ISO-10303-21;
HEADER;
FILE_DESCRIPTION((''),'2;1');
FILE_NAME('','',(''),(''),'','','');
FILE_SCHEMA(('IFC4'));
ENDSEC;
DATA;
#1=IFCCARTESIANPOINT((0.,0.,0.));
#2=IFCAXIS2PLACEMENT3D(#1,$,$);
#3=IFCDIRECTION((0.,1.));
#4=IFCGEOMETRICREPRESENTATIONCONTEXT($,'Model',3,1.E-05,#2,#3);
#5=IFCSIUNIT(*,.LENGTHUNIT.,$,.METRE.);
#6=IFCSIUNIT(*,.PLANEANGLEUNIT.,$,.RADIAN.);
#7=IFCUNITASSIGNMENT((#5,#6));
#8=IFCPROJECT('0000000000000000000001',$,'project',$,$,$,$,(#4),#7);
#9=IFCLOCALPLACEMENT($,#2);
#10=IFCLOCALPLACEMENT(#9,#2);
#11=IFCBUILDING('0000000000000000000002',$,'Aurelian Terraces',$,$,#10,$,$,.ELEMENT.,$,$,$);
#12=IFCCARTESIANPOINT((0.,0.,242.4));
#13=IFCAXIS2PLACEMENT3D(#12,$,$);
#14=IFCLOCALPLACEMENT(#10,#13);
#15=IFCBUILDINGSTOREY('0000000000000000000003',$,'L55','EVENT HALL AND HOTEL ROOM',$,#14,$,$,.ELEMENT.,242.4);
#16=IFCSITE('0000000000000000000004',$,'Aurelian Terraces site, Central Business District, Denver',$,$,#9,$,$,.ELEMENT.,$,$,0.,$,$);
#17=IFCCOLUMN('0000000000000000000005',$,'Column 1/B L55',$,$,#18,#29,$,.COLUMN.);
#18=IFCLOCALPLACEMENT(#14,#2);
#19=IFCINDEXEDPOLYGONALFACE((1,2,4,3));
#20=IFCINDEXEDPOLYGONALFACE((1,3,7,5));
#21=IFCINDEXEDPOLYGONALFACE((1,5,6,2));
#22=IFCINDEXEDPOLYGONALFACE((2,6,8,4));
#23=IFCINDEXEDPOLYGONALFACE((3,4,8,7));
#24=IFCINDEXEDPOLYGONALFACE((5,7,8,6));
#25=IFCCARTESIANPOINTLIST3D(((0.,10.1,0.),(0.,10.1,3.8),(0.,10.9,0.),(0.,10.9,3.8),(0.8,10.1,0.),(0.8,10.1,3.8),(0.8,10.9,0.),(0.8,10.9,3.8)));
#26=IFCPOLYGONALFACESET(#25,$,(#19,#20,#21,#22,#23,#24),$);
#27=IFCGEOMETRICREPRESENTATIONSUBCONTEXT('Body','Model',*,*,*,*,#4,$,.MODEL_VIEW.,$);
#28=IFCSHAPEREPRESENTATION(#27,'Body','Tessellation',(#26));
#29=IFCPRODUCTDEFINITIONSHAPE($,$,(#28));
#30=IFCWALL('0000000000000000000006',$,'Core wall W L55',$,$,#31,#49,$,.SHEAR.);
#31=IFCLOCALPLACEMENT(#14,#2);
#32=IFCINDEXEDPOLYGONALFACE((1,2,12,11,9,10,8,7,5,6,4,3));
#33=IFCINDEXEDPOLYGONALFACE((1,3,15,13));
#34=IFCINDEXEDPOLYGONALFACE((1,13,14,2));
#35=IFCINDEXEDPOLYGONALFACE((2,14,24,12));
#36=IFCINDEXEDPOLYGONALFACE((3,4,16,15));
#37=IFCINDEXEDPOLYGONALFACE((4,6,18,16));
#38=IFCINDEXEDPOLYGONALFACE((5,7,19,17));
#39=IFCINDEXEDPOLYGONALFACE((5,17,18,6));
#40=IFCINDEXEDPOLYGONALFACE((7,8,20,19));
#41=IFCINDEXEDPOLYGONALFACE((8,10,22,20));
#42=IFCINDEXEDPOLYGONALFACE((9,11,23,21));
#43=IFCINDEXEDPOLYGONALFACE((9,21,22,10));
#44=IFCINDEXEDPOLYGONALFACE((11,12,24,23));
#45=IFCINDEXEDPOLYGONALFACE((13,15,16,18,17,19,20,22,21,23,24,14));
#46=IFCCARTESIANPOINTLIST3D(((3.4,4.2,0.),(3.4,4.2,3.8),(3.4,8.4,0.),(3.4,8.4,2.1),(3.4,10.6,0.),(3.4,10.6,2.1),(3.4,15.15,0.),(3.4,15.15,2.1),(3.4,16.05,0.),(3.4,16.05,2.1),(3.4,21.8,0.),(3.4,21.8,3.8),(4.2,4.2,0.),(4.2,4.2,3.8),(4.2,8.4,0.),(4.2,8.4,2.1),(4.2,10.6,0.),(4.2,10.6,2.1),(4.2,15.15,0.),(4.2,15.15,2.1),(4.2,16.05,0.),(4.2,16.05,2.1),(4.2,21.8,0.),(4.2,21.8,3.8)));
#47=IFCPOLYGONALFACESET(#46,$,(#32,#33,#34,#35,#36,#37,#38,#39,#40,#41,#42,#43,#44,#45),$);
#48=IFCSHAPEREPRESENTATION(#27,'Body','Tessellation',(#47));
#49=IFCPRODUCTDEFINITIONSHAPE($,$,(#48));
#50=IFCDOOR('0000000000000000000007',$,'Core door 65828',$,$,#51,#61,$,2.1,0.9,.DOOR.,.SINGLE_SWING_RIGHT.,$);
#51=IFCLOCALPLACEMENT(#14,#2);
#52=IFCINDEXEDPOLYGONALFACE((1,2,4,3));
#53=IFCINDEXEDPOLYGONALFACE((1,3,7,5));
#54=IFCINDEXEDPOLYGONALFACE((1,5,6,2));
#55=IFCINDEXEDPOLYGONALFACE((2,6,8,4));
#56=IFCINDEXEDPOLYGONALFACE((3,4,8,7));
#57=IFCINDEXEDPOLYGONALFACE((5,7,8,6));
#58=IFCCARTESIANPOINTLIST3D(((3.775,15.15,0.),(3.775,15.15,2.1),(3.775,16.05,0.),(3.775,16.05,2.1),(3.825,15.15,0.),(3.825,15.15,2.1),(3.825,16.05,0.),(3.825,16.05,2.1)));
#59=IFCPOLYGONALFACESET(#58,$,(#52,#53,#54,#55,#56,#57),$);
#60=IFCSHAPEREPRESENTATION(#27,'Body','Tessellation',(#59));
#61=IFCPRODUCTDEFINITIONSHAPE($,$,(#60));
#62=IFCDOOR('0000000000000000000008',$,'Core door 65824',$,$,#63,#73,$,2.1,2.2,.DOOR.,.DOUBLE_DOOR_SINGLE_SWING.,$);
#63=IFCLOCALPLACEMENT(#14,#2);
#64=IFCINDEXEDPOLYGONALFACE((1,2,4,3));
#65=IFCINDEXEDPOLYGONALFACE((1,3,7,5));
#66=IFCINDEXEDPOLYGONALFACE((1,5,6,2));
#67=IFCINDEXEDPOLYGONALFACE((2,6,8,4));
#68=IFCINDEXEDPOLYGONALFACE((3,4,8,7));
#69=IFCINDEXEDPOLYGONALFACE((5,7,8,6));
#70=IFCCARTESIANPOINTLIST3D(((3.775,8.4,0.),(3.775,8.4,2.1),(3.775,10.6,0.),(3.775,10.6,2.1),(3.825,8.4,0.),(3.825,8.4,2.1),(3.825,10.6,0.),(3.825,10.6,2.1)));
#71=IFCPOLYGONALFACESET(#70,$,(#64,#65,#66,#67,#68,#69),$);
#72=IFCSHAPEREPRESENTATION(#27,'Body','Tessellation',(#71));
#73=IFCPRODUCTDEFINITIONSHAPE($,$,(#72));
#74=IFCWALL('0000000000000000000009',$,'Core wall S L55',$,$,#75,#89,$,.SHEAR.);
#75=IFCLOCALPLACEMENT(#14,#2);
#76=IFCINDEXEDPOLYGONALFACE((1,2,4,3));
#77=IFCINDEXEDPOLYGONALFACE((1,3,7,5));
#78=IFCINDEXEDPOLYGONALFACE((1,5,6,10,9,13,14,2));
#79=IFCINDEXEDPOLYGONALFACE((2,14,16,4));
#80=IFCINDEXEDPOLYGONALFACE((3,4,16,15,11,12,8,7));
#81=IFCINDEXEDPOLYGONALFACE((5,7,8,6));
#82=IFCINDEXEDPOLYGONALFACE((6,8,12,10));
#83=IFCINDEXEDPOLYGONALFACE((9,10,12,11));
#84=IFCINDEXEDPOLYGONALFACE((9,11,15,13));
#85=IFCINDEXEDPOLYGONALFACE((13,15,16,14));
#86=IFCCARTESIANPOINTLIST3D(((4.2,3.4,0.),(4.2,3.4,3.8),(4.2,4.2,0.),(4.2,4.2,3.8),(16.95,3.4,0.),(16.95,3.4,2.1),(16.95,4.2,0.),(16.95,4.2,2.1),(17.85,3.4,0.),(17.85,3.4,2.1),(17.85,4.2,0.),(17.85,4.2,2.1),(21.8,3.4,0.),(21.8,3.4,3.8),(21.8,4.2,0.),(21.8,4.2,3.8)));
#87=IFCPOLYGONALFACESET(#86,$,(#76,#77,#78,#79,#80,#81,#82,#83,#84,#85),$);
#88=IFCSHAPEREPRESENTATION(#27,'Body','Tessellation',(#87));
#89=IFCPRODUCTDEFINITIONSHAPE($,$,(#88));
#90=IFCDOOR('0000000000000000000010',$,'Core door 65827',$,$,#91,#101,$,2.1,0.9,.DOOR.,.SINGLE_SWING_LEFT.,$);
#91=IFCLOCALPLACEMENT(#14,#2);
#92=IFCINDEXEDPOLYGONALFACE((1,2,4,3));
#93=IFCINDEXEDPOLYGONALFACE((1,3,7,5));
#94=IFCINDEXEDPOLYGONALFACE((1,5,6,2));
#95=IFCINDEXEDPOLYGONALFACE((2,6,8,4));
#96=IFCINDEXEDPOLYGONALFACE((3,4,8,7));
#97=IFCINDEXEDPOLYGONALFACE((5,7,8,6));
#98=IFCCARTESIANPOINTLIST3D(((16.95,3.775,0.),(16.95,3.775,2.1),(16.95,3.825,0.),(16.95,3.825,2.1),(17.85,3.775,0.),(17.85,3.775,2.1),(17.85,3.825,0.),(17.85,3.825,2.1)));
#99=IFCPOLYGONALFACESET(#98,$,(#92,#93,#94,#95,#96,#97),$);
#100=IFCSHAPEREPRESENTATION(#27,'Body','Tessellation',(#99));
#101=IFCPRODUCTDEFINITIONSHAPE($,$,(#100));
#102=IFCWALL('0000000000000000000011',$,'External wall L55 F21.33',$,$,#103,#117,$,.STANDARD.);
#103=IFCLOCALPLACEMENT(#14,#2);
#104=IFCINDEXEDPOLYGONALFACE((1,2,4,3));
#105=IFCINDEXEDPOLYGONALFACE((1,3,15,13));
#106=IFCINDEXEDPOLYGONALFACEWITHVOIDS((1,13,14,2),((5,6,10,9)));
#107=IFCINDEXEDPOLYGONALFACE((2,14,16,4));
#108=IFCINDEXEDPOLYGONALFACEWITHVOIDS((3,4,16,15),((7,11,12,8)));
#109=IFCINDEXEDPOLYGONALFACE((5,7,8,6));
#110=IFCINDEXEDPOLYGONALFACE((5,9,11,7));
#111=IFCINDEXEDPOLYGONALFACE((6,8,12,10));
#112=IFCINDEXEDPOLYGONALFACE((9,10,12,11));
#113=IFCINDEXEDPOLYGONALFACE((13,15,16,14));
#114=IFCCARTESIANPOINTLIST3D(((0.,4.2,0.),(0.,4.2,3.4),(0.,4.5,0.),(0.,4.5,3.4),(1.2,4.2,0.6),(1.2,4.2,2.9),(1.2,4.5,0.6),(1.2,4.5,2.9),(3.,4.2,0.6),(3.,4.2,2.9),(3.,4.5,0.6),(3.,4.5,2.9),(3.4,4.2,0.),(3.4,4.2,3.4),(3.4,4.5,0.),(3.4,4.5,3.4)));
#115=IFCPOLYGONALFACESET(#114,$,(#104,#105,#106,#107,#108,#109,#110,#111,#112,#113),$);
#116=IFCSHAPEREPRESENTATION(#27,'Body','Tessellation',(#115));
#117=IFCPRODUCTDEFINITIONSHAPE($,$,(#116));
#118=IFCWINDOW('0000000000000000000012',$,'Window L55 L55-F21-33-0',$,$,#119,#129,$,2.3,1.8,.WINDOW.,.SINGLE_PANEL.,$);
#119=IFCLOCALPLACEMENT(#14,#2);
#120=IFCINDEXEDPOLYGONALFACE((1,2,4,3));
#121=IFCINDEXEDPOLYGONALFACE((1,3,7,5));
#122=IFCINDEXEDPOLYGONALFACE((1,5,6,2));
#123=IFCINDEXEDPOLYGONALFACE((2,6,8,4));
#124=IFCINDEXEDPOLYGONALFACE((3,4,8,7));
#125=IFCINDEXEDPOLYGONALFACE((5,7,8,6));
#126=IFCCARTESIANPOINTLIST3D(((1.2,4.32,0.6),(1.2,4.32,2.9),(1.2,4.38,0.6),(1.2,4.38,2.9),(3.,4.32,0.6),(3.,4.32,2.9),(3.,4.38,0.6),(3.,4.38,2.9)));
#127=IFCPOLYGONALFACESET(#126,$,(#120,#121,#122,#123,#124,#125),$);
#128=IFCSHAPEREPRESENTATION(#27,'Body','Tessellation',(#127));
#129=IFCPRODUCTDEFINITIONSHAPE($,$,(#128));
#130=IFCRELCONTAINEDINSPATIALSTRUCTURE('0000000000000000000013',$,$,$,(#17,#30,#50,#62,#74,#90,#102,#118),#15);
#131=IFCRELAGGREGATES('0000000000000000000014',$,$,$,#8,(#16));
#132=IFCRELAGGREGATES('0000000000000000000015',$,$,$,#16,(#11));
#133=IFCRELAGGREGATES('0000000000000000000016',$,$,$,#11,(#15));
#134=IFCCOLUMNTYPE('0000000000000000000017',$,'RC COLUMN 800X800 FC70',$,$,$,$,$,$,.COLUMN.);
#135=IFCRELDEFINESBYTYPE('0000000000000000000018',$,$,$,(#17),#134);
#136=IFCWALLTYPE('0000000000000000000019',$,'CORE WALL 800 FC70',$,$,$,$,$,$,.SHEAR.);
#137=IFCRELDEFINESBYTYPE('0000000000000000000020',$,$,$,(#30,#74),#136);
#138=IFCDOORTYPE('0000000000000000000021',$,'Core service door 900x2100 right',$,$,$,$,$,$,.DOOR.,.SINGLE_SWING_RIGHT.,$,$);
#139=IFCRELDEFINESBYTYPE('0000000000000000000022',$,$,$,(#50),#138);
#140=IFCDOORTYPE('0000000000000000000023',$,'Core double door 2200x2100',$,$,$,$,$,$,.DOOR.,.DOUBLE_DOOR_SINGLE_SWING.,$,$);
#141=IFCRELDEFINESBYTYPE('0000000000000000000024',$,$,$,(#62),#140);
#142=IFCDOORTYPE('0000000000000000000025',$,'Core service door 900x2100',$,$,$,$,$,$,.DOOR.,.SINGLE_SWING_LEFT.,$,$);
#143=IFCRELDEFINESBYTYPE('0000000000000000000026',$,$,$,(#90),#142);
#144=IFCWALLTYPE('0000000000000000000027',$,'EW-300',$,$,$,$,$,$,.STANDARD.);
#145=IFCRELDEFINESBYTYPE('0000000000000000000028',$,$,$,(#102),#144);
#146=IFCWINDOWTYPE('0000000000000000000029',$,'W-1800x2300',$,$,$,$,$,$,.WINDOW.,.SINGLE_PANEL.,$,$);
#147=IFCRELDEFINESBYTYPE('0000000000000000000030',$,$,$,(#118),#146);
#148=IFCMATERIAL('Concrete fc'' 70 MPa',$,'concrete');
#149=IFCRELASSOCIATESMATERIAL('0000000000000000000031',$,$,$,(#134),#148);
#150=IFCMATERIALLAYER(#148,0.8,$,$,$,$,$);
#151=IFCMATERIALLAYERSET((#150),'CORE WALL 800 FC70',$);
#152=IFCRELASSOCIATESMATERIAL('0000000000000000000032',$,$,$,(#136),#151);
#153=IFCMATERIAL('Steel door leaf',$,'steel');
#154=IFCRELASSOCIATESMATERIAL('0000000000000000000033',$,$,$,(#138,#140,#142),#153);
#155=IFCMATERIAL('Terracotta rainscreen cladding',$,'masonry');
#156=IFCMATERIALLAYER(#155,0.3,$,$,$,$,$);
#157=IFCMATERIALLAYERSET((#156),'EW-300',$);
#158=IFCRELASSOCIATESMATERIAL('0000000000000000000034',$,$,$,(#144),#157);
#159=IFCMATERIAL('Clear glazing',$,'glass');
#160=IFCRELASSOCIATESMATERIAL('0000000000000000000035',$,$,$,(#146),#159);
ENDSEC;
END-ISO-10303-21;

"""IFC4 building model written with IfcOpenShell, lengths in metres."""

from ifc_helpers import new_model, si_unit, direction, frame, frame_2d, origin, origin_2d, place, context, subcontext, project, spatial, rectangle, extrude, source, transform, mapped, material, layer, layer_set, material_profile, profile_set, type_object, element, fill, save


model = new_model("IFC4")

# Units and contexts
model_context = context("Model", 3, precision=1e-05, world=origin(), true_north=direction((0.0, 1.0)))
body_context = subcontext(model_context, "Body", "Model", "MODEL_VIEW")
ifc_project = project(units=[si_unit("LENGTHUNIT", "METRE"), si_unit("PLANEANGLEUNIT", "RADIAN")], contexts=[model_context])

# Site, building, storey
site_placement = place(None, origin())
site = spatial("IfcSite", under=ifc_project, at=site_placement, Name="Aurelian Terraces site, Central Business District, Denver", CompositionType="ELEMENT", RefElevation=0.0)
building_placement = place(site_placement, origin())
building = spatial("IfcBuilding", under=site, at=building_placement, Name="Aurelian Terraces", CompositionType="ELEMENT")
storey_placement = place(building_placement, frame((0.0, 0.0, 242.4)))
storey = spatial("IfcBuildingStorey", under=building, at=storey_placement, Name="L55", Description="EVENT HALL AND HOTEL ROOM", CompositionType="ELEMENT", Elevation=242.4)

# Column
ifc_material_1 = material(Name="Concrete fc' 70 MPa", Category="concrete")
ifc_material_profile = material_profile(ifc_material_1, rectangle(XDim=0.8, YDim=0.8, at=origin_2d()))
ifc_profile_set = profile_set([ifc_material_profile], Name="Concrete fc' 70 MPa")
column_type = type_object("IfcColumnType", Name="RC COLUMN 800X800 FC70", PredefinedType="COLUMN", material=ifc_profile_set)
shared_shape_1 = source(origin(), body_context, "Body", "SweptSolid", [
    extrude(rectangle(XDim=0.8, YDim=0.8, at=origin_2d()), origin(), (0.0, 0.0, 1.0), 3.8),
])
column_placement = place(storey_placement, frame((0.4, 10.5, 0.0), z_axis=(0.0, 0.0, 1.0), x_axis=(1.0, 0.0, 0.0)))
element("IfcColumn", 1, at=column_placement, inside=storey, type_object=column_type, Name="Column 1/B L55", PredefinedType="COLUMN", context=body_context, shape_type="MappedRepresentation", body=[
    mapped(shared_shape_1, transform((0.0, 0.0, 0.0), scale=1.0)),
])

# Wall, openings, doors
ifc_layer_1 = layer(ifc_material_1, 0.8)
ifc_layer_set_1 = layer_set([ifc_layer_1], Name="CORE WALL 800 FC70")
wall_type_1 = type_object("IfcWallType", Name="CORE WALL 800 FC70", PredefinedType="SHEAR", material=ifc_layer_set_1)
shared_shape_2 = source(origin(), body_context, "Body", "SweptSolid", [
    extrude(rectangle(XDim=17.6, YDim=0.8, at=frame_2d((8.8, 0.0))), origin(), (0.0, 0.0, 1.0), 3.8),
])
wall_1_placement = place(storey_placement, frame((3.8, 4.2, 0.0), z_axis=(0.0, 0.0, 1.0), x_axis=(0.0, 1.0, 0.0)))
wall_1 = element("IfcWall", 2, at=wall_1_placement, inside=storey, type_object=wall_type_1, Name="Core wall W L55", PredefinedType="SHEAR", context=body_context, shape_type="MappedRepresentation", body=[
    mapped(shared_shape_2, transform((0.0, 0.0, 0.0), scale=1.0)),
])
shared_shape_3 = source(origin(), body_context, "Body", "SweptSolid", [
    extrude(rectangle(XDim=2.2, YDim=2.1, at=frame_2d((1.1, 1.05))), frame((0.0, 0.41, 0.0), z_axis=(0.0, -1.0, 0.0), x_axis=(1.0, 0.0, 0.0)), (0.0, 0.0, 1.0), 0.82),
])
opening_1_placement = place(wall_1_placement, frame((4.2, 0.0, 0.0)))
opening_1 = element("IfcOpeningElement", 3, at=opening_1_placement, cuts=wall_1, PredefinedType="OPENING", context=body_context, shape_type="MappedRepresentation", body=[
    mapped(shared_shape_3, transform((0.0, 0.0, 0.0), scale=1.0)),
])
shared_shape_4 = source(origin(), body_context, "Body", "SweptSolid", [
    extrude(rectangle(XDim=0.9, YDim=2.1, at=frame_2d((0.45, 1.05))), frame((0.0, 0.41, 0.0), z_axis=(0.0, -1.0, 0.0), x_axis=(1.0, 0.0, 0.0)), (0.0, 0.0, 1.0), 0.82),
])
opening_2_placement = place(wall_1_placement, frame((10.95, 0.0, 0.0)))
opening_2 = element("IfcOpeningElement", 4, at=opening_2_placement, cuts=wall_1, PredefinedType="OPENING", context=body_context, shape_type="MappedRepresentation", body=[
    mapped(shared_shape_4, transform((0.0, 0.0, 0.0), scale=1.0)),
])
ifc_material_2 = material(Name="Steel door leaf", Category="steel")
door_type_1 = type_object("IfcDoorType", Name="Core service door 900x2100 right", OperationType="SINGLE_SWING_RIGHT", PredefinedType="DOOR", material=ifc_material_2)
shared_shape_5 = source(origin(), body_context, "Body", "SweptSolid", [
    extrude(rectangle(XDim=0.9, YDim=2.1, at=frame_2d((0.45, 1.05))), frame((0.0, 0.025, 0.0), z_axis=(0.0, -1.0, 0.0), x_axis=(1.0, 0.0, 0.0)), (0.0, 0.0, 1.0), 0.05),
])
door_1_placement = place(opening_2_placement, origin())
door_1 = element("IfcDoor", 5, at=door_1_placement, inside=storey, type_object=door_type_1, Name="Core door 65828", OperationType="SINGLE_SWING_RIGHT", OverallHeight=2.1, OverallWidth=0.9, PredefinedType="DOOR", context=body_context, shape_type="MappedRepresentation", body=[
    mapped(shared_shape_5, transform((0.0, 0.0, 0.0), scale=1.0)),
])
fill(opening_2, door_1)
door_type_2 = type_object("IfcDoorType", Name="Core double door 2200x2100", OperationType="DOUBLE_DOOR_SINGLE_SWING", PredefinedType="DOOR", material=ifc_material_2)
shared_shape_6 = source(origin(), body_context, "Body", "SweptSolid", [
    extrude(rectangle(XDim=2.2, YDim=2.1, at=frame_2d((1.1, 1.05))), frame((0.0, 0.025, 0.0), z_axis=(0.0, -1.0, 0.0), x_axis=(1.0, 0.0, 0.0)), (0.0, 0.0, 1.0), 0.05),
])
door_2_placement = place(opening_1_placement, origin())
door_2 = element("IfcDoor", 6, at=door_2_placement, inside=storey, type_object=door_type_2, Name="Core door 65824", OperationType="DOUBLE_DOOR_SINGLE_SWING", OverallHeight=2.1, OverallWidth=2.2, PredefinedType="DOOR", context=body_context, shape_type="MappedRepresentation", body=[
    mapped(shared_shape_6, transform((0.0, 0.0, 0.0), scale=1.0)),
])
fill(opening_1, door_2)

# Wall, opening, door
wall_2_placement = place(storey_placement, frame((4.2, 3.8, 0.0), z_axis=(0.0, 0.0, 1.0), x_axis=(1.0, 0.0, 0.0)))
wall_2 = element("IfcWall", 7, at=wall_2_placement, inside=storey, type_object=wall_type_1, Name="Core wall S L55", PredefinedType="SHEAR", context=body_context, shape_type="MappedRepresentation", body=[
    mapped(shared_shape_2, transform((0.0, 0.0, 0.0), scale=1.0)),
])
opening_3_placement = place(wall_2_placement, frame((12.75, 0.0, 0.0)))
opening_3 = element("IfcOpeningElement", 8, at=opening_3_placement, cuts=wall_2, PredefinedType="OPENING", context=body_context, shape_type="MappedRepresentation", body=[
    mapped(shared_shape_4, transform((0.0, 0.0, 0.0), scale=1.0)),
])
door_type_3 = type_object("IfcDoorType", Name="Core service door 900x2100", OperationType="SINGLE_SWING_LEFT", PredefinedType="DOOR", material=ifc_material_2)
door_3_placement = place(opening_3_placement, origin())
door_3 = element("IfcDoor", 9, at=door_3_placement, inside=storey, type_object=door_type_3, Name="Core door 65827", OperationType="SINGLE_SWING_LEFT", OverallHeight=2.1, OverallWidth=0.9, PredefinedType="DOOR", context=body_context, shape_type="MappedRepresentation", body=[
    mapped(shared_shape_5, transform((0.0, 0.0, 0.0), scale=1.0)),
])
fill(opening_3, door_3)

# Wall, opening, window
ifc_material_3 = material(Name="Terracotta rainscreen cladding", Category="masonry")
ifc_layer_2 = layer(ifc_material_3, 0.3)
ifc_layer_set_2 = layer_set([ifc_layer_2], Name="EW-300")
wall_type_2 = type_object("IfcWallType", Name="EW-300", PredefinedType="STANDARD", material=ifc_layer_set_2)
shared_shape_7 = source(origin(), body_context, "Body", "SweptSolid", [
    extrude(rectangle(XDim=3.4, YDim=0.3, at=frame_2d((1.7, 0.0))), origin(), (0.0, 0.0, 1.0), 3.4),
])
wall_3_placement = place(storey_placement, frame((0.0, 4.35, 0.0), z_axis=(0.0, 0.0, 1.0), x_axis=(1.0, 0.0, 0.0)))
wall_3 = element("IfcWall", 10, at=wall_3_placement, inside=storey, type_object=wall_type_2, Name="External wall L55 F21.33", PredefinedType="STANDARD", context=body_context, shape_type="MappedRepresentation", body=[
    mapped(shared_shape_7, transform((0.0, 0.0, 0.0), scale=1.0)),
])
shared_shape_8 = source(origin(), body_context, "Body", "SweptSolid", [
    extrude(rectangle(XDim=1.8, YDim=2.3, at=frame_2d((0.9, 1.15))), frame((0.0, 0.16, 0.0), z_axis=(0.0, -1.0, 0.0), x_axis=(1.0, 0.0, 0.0)), (0.0, 0.0, 1.0), 0.32),
])
opening_4_placement = place(wall_3_placement, frame((1.2, 0.0, 0.6)))
opening_4 = element("IfcOpeningElement", 11, at=opening_4_placement, cuts=wall_3, PredefinedType="OPENING", context=body_context, shape_type="MappedRepresentation", body=[
    mapped(shared_shape_8, transform((0.0, 0.0, 0.0), scale=1.0)),
])
ifc_material_4 = material(Name="Clear glazing", Category="glass")
window_type_1 = type_object("IfcWindowType", Name="W-1800x2300", PartitioningType="SINGLE_PANEL", PredefinedType="WINDOW", material=ifc_material_4)
shared_shape_9 = source(origin(), body_context, "Body", "SweptSolid", [
    extrude(rectangle(XDim=1.8, YDim=2.3, at=frame_2d((0.9, 1.15))), frame((0.0, 0.03, 0.0), z_axis=(0.0, -1.0, 0.0), x_axis=(1.0, 0.0, 0.0)), (0.0, 0.0, 1.0), 0.06),
])
window_1_placement = place(opening_4_placement, origin())
window_1 = element("IfcWindow", 12, at=window_1_placement, inside=storey, type_object=window_type_1, Name="Window L55 L55-F21-33-0", OverallHeight=2.3, OverallWidth=1.8, PartitioningType="SINGLE_PANEL", PredefinedType="WINDOW", context=body_context, shape_type="MappedRepresentation", body=[
    mapped(shared_shape_9, transform((0.0, 0.0, 0.0), scale=1.0)),
])
fill(opening_4, window_1)

save(model, "model.ifc")
